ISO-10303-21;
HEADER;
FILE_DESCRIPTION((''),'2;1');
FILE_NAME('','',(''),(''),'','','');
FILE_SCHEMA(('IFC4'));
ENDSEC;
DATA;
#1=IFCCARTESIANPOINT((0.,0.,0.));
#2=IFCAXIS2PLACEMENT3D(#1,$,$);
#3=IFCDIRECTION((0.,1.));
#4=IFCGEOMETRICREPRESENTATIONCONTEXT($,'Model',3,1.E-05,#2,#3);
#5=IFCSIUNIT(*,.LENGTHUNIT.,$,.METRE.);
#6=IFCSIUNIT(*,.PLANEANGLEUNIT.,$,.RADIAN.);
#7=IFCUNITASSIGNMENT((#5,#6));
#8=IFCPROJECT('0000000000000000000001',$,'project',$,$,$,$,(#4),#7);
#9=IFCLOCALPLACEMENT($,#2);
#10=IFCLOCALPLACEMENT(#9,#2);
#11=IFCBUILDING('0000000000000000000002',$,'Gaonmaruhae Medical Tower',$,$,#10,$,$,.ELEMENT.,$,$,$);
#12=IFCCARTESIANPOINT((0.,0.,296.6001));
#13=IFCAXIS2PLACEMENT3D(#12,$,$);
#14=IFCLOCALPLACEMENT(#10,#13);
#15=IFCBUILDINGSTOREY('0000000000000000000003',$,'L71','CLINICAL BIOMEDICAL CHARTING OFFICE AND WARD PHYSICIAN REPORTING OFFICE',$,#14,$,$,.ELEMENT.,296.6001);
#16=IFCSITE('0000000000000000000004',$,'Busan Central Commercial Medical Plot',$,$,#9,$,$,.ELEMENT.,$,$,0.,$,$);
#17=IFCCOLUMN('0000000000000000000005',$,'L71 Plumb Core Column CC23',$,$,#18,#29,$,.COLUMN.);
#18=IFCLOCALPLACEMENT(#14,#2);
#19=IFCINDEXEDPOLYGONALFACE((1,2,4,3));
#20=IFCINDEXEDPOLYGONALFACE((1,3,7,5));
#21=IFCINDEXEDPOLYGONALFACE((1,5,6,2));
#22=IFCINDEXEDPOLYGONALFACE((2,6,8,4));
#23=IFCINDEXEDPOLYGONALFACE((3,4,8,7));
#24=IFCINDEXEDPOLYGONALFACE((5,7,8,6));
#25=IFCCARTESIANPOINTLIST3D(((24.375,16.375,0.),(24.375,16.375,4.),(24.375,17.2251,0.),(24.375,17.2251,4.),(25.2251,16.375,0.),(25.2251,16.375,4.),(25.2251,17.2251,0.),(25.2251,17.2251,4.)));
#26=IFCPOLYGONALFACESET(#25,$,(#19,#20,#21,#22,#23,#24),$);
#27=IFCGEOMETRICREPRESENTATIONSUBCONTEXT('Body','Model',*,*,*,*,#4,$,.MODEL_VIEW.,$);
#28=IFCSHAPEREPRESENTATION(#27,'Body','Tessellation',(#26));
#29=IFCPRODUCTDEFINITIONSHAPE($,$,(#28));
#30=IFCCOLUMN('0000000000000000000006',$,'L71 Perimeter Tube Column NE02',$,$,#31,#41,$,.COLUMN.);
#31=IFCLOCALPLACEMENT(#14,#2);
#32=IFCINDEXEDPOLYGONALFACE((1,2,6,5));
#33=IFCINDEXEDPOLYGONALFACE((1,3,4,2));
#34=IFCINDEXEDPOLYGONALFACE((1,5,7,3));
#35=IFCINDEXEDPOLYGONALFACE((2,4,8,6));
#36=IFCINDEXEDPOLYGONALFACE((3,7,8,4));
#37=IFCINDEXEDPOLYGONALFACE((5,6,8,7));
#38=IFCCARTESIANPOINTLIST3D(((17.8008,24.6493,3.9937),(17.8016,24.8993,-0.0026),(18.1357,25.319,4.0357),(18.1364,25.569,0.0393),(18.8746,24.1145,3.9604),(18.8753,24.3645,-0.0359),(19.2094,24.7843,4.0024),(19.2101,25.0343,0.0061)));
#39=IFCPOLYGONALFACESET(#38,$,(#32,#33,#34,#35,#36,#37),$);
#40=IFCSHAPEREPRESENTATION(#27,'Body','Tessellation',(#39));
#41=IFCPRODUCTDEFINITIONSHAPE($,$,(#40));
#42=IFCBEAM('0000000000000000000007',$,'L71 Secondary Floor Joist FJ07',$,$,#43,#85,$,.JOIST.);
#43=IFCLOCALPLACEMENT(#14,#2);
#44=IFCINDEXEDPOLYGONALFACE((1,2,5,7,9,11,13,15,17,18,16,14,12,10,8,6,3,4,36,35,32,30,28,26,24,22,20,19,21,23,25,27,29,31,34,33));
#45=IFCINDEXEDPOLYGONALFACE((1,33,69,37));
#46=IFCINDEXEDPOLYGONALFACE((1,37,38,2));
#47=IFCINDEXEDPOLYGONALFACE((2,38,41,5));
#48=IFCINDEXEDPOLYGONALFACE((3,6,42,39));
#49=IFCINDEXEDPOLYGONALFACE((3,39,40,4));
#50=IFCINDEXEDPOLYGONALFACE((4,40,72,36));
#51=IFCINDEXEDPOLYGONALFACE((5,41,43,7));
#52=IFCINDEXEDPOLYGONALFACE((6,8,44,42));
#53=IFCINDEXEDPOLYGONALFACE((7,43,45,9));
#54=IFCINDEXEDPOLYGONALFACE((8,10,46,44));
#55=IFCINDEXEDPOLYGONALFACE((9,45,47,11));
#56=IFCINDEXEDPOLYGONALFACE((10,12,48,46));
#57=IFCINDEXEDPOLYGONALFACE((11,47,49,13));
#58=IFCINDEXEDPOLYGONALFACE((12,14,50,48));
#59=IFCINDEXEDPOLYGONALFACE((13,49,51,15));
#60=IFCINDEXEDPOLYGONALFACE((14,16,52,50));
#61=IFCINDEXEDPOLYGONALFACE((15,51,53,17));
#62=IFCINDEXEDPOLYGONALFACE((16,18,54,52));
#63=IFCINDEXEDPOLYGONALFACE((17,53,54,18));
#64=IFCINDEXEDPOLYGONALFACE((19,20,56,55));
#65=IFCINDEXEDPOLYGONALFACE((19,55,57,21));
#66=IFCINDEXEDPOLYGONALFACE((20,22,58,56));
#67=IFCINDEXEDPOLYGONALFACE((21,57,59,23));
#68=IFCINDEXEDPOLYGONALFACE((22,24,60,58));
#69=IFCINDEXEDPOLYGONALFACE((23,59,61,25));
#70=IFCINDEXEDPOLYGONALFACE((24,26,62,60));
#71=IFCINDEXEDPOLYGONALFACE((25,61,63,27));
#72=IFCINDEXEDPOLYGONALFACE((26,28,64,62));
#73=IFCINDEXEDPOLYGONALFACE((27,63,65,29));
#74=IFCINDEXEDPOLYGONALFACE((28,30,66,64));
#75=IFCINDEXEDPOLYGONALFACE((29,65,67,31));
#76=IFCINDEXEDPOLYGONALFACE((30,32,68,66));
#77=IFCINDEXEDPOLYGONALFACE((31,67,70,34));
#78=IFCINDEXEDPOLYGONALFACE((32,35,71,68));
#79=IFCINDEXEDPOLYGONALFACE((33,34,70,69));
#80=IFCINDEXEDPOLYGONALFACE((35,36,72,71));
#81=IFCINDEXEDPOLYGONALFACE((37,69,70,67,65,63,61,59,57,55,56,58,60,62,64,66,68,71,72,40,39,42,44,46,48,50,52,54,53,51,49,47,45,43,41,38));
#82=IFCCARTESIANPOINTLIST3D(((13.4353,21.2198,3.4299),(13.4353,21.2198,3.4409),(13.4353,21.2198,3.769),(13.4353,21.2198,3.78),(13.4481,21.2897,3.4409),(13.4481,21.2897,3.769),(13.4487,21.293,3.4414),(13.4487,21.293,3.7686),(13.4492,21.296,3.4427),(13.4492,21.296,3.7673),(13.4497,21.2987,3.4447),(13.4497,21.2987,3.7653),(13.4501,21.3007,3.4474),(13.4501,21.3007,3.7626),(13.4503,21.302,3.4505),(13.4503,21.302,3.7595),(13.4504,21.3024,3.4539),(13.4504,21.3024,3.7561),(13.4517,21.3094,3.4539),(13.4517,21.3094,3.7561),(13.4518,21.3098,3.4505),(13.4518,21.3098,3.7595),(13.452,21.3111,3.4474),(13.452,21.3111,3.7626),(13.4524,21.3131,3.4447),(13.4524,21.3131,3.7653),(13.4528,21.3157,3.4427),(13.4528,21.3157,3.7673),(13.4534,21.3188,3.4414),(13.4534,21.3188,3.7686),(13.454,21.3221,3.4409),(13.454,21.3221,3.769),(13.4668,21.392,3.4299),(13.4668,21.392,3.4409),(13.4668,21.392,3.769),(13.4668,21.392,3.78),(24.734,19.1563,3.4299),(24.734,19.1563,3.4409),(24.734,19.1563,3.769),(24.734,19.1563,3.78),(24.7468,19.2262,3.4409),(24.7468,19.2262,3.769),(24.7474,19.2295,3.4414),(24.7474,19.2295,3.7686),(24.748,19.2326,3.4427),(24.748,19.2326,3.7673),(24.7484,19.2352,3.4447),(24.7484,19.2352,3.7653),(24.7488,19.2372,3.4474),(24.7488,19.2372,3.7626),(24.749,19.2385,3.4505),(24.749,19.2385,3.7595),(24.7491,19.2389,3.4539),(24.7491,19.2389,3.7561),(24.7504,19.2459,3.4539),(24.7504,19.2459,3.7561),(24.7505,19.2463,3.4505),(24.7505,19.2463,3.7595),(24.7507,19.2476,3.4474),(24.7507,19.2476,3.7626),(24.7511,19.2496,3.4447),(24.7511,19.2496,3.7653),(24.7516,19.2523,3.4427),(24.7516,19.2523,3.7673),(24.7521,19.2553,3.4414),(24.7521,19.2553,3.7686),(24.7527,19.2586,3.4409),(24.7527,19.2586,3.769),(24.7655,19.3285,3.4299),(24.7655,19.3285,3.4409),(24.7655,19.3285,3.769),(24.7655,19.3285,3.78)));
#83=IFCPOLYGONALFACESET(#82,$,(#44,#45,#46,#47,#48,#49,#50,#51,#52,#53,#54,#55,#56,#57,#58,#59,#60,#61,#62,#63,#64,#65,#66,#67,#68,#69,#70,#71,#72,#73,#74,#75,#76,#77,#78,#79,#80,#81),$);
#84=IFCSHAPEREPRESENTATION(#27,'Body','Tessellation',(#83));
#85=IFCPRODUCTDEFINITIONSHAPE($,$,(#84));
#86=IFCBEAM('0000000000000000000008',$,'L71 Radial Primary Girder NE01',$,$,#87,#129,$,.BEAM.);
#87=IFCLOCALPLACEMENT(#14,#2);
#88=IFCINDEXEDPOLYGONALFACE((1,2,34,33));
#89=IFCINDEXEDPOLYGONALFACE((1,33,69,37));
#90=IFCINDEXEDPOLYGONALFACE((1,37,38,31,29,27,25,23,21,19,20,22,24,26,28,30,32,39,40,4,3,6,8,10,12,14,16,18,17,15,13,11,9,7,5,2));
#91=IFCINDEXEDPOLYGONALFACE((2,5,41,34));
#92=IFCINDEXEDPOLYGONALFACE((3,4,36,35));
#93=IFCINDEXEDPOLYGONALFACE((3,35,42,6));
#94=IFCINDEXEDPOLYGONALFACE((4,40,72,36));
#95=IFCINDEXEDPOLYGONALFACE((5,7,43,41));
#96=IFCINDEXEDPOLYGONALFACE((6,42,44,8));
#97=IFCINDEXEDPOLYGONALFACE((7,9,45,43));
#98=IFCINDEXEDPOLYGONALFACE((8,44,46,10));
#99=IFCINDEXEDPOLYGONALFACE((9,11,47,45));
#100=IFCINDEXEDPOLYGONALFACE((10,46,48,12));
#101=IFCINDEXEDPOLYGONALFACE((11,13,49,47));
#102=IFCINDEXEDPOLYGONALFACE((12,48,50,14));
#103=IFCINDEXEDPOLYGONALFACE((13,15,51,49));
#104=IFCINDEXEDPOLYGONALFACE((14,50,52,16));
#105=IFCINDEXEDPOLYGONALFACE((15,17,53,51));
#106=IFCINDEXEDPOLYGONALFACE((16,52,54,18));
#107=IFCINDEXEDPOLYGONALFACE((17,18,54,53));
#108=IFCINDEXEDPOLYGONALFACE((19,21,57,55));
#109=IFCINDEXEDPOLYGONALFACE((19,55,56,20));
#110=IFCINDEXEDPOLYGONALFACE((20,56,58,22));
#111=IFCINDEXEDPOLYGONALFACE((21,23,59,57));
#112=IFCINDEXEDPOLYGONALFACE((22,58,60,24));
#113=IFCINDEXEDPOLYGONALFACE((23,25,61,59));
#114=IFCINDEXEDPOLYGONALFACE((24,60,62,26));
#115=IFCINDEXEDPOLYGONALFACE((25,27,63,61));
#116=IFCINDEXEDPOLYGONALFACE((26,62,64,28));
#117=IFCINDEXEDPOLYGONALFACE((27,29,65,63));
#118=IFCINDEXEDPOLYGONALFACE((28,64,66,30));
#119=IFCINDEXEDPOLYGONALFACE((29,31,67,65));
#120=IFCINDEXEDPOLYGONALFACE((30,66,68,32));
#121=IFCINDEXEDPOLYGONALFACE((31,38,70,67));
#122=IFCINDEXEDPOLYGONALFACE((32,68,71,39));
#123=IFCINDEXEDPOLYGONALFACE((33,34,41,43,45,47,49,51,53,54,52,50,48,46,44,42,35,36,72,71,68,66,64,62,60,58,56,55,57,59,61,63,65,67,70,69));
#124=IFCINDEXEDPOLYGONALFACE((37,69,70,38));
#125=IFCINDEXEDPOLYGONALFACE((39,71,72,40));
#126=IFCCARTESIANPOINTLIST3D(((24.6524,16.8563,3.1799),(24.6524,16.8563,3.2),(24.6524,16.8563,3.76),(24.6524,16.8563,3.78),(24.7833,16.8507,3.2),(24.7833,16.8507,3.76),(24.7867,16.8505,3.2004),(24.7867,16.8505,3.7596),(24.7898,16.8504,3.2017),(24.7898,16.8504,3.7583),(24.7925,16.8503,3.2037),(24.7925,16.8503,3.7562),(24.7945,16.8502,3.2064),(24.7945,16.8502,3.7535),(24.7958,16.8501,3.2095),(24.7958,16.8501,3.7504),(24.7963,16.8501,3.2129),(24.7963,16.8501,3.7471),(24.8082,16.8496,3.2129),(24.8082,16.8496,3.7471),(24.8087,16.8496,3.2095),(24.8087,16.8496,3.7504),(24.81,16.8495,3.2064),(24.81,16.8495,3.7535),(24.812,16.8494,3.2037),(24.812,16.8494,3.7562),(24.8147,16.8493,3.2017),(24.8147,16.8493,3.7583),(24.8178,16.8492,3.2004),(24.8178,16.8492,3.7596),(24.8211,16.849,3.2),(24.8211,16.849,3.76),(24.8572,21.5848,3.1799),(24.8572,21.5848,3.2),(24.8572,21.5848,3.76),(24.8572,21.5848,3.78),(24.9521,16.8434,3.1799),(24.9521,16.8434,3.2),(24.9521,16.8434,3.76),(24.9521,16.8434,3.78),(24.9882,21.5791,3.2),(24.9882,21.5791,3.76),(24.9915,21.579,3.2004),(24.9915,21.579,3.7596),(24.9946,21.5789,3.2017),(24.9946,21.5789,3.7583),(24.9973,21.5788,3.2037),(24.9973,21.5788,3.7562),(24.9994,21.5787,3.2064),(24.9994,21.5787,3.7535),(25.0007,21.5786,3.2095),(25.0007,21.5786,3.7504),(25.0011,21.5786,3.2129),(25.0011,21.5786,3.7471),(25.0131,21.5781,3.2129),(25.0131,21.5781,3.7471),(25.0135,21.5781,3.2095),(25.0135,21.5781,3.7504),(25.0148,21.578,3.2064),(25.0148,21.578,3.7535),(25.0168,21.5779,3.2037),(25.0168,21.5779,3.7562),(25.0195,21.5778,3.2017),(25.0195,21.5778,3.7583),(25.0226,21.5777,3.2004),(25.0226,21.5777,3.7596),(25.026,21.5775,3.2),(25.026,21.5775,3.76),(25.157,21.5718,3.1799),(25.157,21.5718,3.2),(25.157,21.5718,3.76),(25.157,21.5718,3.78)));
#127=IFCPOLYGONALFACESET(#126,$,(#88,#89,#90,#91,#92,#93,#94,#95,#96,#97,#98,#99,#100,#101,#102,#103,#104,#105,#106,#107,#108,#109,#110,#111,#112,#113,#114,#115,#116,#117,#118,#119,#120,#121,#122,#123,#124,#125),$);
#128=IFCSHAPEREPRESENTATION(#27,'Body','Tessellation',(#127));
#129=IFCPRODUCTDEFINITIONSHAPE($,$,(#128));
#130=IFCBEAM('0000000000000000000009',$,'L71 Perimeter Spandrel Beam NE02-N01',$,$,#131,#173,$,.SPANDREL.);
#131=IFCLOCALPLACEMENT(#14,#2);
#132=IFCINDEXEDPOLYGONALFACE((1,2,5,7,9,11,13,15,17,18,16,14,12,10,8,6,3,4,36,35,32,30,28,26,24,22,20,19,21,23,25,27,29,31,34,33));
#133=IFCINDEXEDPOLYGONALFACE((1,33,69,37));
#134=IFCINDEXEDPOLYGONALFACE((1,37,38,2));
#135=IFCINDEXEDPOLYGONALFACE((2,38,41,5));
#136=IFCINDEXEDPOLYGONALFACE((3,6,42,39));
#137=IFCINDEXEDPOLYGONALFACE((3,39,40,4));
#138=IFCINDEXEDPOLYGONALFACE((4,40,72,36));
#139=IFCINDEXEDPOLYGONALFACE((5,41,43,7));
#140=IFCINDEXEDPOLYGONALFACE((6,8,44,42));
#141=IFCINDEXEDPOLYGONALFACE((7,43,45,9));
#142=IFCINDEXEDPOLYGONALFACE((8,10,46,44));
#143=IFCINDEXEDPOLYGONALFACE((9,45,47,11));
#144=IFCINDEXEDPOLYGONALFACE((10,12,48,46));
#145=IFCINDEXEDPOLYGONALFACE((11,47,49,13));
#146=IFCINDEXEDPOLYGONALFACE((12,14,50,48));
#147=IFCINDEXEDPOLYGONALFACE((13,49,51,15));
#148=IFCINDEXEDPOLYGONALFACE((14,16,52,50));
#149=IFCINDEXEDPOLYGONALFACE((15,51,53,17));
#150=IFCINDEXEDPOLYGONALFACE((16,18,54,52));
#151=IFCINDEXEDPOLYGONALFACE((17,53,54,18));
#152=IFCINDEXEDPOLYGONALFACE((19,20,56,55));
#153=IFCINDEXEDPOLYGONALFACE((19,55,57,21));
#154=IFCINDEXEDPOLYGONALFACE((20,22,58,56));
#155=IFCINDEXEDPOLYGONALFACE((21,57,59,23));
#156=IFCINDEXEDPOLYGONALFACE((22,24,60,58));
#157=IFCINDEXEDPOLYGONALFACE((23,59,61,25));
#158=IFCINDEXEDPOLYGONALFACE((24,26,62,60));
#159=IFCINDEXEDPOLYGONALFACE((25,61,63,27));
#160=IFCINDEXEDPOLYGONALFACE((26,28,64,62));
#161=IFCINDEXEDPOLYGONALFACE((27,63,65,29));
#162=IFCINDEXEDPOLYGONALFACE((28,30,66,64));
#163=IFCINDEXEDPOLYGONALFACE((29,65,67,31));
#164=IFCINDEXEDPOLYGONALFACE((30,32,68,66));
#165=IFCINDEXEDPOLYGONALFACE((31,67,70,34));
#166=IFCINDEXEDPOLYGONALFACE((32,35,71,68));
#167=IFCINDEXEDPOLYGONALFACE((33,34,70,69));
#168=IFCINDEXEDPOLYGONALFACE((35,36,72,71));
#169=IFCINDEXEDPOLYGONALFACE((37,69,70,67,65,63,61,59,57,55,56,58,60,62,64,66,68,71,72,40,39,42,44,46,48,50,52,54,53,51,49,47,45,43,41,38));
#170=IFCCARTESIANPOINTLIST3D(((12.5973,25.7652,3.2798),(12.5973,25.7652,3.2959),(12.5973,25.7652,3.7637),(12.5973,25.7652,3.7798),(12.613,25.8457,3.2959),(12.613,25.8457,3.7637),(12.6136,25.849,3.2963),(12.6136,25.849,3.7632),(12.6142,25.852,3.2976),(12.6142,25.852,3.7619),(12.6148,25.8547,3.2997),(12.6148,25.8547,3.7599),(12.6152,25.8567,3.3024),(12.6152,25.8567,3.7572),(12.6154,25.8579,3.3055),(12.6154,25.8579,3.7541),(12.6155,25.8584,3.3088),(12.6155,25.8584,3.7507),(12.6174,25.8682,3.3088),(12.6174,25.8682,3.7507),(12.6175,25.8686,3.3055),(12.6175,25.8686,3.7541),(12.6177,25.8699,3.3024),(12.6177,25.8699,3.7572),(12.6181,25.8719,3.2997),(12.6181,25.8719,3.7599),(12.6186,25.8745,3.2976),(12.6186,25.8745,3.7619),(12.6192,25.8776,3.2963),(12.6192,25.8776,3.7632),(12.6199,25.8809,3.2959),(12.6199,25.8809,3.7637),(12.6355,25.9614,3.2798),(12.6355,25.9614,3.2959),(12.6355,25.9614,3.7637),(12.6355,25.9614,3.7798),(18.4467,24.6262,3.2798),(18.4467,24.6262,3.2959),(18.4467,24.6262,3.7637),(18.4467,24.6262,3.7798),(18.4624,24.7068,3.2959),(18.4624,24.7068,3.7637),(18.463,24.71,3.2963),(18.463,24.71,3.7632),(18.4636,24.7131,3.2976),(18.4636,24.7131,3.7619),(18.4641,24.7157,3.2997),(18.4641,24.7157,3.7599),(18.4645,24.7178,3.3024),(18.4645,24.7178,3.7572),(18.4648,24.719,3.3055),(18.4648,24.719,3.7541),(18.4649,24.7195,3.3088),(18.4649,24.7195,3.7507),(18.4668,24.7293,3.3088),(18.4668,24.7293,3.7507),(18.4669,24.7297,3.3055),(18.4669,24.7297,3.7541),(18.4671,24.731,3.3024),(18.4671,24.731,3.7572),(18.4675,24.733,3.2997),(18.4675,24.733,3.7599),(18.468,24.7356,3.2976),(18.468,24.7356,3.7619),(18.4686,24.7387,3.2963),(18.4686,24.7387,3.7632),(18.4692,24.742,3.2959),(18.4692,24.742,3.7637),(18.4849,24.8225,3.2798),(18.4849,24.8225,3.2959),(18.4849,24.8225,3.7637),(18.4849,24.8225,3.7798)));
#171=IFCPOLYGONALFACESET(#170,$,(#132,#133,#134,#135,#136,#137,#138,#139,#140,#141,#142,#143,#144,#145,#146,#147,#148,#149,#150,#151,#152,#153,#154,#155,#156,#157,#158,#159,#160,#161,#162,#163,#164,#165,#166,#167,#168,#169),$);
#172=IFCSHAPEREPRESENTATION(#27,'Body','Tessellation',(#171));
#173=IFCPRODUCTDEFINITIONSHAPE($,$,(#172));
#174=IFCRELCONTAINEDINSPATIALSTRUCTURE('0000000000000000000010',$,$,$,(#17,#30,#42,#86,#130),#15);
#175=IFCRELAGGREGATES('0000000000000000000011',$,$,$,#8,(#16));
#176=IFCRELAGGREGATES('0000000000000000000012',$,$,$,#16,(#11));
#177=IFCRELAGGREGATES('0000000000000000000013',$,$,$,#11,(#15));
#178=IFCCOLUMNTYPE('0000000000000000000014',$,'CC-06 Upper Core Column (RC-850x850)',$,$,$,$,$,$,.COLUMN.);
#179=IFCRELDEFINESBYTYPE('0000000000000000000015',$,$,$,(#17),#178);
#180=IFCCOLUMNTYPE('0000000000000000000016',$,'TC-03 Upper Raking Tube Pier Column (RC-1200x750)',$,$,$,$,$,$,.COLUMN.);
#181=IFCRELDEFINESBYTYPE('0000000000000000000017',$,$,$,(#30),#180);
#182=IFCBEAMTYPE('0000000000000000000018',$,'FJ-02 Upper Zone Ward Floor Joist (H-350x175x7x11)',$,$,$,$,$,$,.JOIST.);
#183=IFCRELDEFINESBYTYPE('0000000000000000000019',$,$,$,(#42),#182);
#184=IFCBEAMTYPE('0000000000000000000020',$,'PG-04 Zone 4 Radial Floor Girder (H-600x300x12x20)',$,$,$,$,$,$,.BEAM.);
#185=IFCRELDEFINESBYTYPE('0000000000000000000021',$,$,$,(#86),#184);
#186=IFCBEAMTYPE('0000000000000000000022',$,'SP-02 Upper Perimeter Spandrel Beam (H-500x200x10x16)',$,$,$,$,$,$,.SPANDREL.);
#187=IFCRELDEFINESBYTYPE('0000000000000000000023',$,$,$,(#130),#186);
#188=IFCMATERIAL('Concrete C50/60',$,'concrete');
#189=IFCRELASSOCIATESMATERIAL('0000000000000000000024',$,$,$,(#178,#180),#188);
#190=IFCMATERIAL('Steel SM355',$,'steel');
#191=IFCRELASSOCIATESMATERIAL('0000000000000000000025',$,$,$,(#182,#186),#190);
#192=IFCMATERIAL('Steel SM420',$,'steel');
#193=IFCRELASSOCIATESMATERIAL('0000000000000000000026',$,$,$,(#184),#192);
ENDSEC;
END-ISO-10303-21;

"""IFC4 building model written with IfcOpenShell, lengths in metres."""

from ifc_helpers import new_model, si_unit, direction, frame, origin, origin_2d, place, context, subcontext, project, spatial, rectangle, i_section, extrude, material, material_profile, profile_set, type_object, element, save


model = new_model("IFC4")

# Units and contexts
model_context = context("Model", 3, precision=1e-05, world=origin(), true_north=direction((0.0, 1.0)))
body_context = subcontext(model_context, "Body", "Model", "MODEL_VIEW")
ifc_project = project(units=[si_unit("LENGTHUNIT", "METRE"), si_unit("PLANEANGLEUNIT", "RADIAN")], contexts=[model_context])

# Site, building, storey
site_placement = place(None, origin())
site = spatial("IfcSite", under=ifc_project, at=site_placement, Name="Busan Central Commercial Medical Plot", CompositionType="ELEMENT", RefElevation=0.0)
building_placement = place(site_placement, origin())
building = spatial("IfcBuilding", under=site, at=building_placement, Name="Gaonmaruhae Medical Tower", CompositionType="ELEMENT")
storey_placement = place(building_placement, frame((0.0, 0.0, 296.6001)))
storey = spatial("IfcBuildingStorey", under=building, at=storey_placement, Name="L71", Description="CLINICAL BIOMEDICAL CHARTING OFFICE AND WARD PHYSICIAN REPORTING OFFICE", CompositionType="ELEMENT", Elevation=296.6001)

# Columns
ifc_material_1 = material(Name="Concrete C50/60", Category="concrete")
ifc_material_profile_1 = material_profile(ifc_material_1, rectangle(XDim=0.8501, YDim=0.8501, at=origin_2d()), Name="RC-850x850")
ifc_profile_set_1 = profile_set([ifc_material_profile_1], Name="Concrete C50/60")
column_type_1 = type_object("IfcColumnType", Name="CC-06 Upper Core Column (RC-850x850)", PredefinedType="COLUMN", material=ifc_profile_set_1)
column_1_placement = place(storey_placement, frame((24.8, 16.8, 0.0), z_axis=(0.0, 0.0, 1.0), x_axis=(1.0, 0.0, 0.0)))
element("IfcColumn", 1, at=column_1_placement, inside=storey, type_object=column_type_1, Name="L71 Plumb Core Column CC23", PredefinedType="COLUMN", context=body_context, shape_type="SweptSolid", body=[
    extrude(rectangle(XDim=0.8501, YDim=0.8501, at=origin_2d()), origin(), (0.0, 0.0, 1.0), 4.0),
])
ifc_material_profile_2 = material_profile(ifc_material_1, rectangle(XDim=1.2, YDim=0.75, at=origin_2d()), Name="RC-1200x750")
ifc_profile_set_2 = profile_set([ifc_material_profile_2], Name="Concrete C50/60")
column_type_2 = type_object("IfcColumnType", Name="TC-03 Upper Raking Tube Pier Column (RC-1200x750)", PredefinedType="COLUMN", material=ifc_profile_set_2)
column_2_placement = place(storey_placement, frame((18.5059, 24.9668, 0.0017), z_axis=(-0.000183, -0.062435, 0.998049), x_axis=(-0.894798, 0.445611, 0.027712)))
element("IfcColumn", 2, at=column_2_placement, inside=storey, type_object=column_type_2, Name="L71 Perimeter Tube Column NE02", PredefinedType="COLUMN", context=body_context, shape_type="SweptSolid", body=[
    extrude(rectangle(XDim=1.2, YDim=0.75, at=origin_2d()), origin(), (0.0, 0.0, 1.0), 4.0042),
])

# Beams
ifc_material_2 = material(Name="Steel SM355", Category="steel")
ifc_material_profile_3 = material_profile(ifc_material_2, i_section(OverallWidth=0.175, OverallDepth=0.3501, WebThickness=0.0071, FlangeThickness=0.011, FilletRadius=0.0129, at=origin_2d()), Name="H-350x175x7x11")
ifc_profile_set_3 = profile_set([ifc_material_profile_3], Name="Steel SM355")
beam_type_1 = type_object("IfcBeamType", Name="FJ-02 Upper Zone Ward Floor Joist (H-350x175x7x11)", PredefinedType="JOIST", material=ifc_profile_set_3)
beam_1_placement = place(storey_placement, frame((24.7498, 19.2424, 3.605), z_axis=(-0.983729, 0.179656, 0.0), x_axis=(-0.179656, -0.983729, 0.0)))
element("IfcBeam", 3, at=beam_1_placement, inside=storey, type_object=beam_type_1, Name="L71 Secondary Floor Joist FJ07", PredefinedType="JOIST", context=body_context, shape_type="SweptSolid", body=[
    extrude(i_section(OverallWidth=0.175, OverallDepth=0.3501, WebThickness=0.0071, FlangeThickness=0.011, FilletRadius=0.0129, at=origin_2d()), origin(), (0.0, 0.0, 1.0), 11.4856),
])
ifc_material_3 = material(Name="Steel SM420", Category="steel")
ifc_material_profile_4 = material_profile(ifc_material_3, i_section(OverallWidth=0.3, OverallDepth=0.6001, WebThickness=0.012, FlangeThickness=0.02, FilletRadius=0.0129, at=origin_2d()), Name="H-600x300x12x20")
ifc_profile_set_4 = profile_set([ifc_material_profile_4], Name="Steel SM420")
beam_type_2 = type_object("IfcBeamType", Name="PG-04 Zone 4 Radial Floor Girder (H-600x300x12x20)", PredefinedType="BEAM", material=ifc_profile_set_4)
beam_2_placement = place(storey_placement, frame((24.8022, 16.8499, 3.48), z_axis=(0.043278, 0.999063, 0.0), x_axis=(-0.999063, 0.043278, 0.0)))
element("IfcBeam", 4, at=beam_2_placement, inside=storey, type_object=beam_type_2, Name="L71 Radial Primary Girder NE01", PredefinedType="BEAM", context=body_context, shape_type="SweptSolid", body=[
    extrude(i_section(OverallWidth=0.3, OverallDepth=0.6001, WebThickness=0.012, FlangeThickness=0.02, FilletRadius=0.0129, at=origin_2d()), origin(), (0.0, 0.0, 1.0), 4.7329),
])
ifc_material_profile_5 = material_profile(ifc_material_2, i_section(OverallWidth=0.2, OverallDepth=0.5, WebThickness=0.01, FlangeThickness=0.0161, FilletRadius=0.0129, at=origin_2d()), Name="H-500x200x10x16")
ifc_profile_set_5 = profile_set([ifc_material_profile_5], Name="Steel SM355")
beam_type_3 = type_object("IfcBeamType", Name="SP-02 Upper Perimeter Spandrel Beam (H-500x200x10x16)", PredefinedType="SPANDREL", material=ifc_profile_set_5)
beam_3_placement = place(storey_placement, frame((18.4658, 24.7244, 3.5298), z_axis=(-0.981567, 0.191119, 0.0), x_axis=(-0.191119, -0.981567, 0.0)))
element("IfcBeam", 5, at=beam_3_placement, inside=storey, type_object=beam_type_3, Name="L71 Perimeter Spandrel Beam NE02-N01", PredefinedType="SPANDREL", context=body_context, shape_type="SweptSolid", body=[
    extrude(i_section(OverallWidth=0.2, OverallDepth=0.5, WebThickness=0.01, FlangeThickness=0.0161, FilletRadius=0.0129, at=origin_2d()), origin(), (0.0, 0.0, 1.0), 5.9592),
])

save(model, "model.ifc")
